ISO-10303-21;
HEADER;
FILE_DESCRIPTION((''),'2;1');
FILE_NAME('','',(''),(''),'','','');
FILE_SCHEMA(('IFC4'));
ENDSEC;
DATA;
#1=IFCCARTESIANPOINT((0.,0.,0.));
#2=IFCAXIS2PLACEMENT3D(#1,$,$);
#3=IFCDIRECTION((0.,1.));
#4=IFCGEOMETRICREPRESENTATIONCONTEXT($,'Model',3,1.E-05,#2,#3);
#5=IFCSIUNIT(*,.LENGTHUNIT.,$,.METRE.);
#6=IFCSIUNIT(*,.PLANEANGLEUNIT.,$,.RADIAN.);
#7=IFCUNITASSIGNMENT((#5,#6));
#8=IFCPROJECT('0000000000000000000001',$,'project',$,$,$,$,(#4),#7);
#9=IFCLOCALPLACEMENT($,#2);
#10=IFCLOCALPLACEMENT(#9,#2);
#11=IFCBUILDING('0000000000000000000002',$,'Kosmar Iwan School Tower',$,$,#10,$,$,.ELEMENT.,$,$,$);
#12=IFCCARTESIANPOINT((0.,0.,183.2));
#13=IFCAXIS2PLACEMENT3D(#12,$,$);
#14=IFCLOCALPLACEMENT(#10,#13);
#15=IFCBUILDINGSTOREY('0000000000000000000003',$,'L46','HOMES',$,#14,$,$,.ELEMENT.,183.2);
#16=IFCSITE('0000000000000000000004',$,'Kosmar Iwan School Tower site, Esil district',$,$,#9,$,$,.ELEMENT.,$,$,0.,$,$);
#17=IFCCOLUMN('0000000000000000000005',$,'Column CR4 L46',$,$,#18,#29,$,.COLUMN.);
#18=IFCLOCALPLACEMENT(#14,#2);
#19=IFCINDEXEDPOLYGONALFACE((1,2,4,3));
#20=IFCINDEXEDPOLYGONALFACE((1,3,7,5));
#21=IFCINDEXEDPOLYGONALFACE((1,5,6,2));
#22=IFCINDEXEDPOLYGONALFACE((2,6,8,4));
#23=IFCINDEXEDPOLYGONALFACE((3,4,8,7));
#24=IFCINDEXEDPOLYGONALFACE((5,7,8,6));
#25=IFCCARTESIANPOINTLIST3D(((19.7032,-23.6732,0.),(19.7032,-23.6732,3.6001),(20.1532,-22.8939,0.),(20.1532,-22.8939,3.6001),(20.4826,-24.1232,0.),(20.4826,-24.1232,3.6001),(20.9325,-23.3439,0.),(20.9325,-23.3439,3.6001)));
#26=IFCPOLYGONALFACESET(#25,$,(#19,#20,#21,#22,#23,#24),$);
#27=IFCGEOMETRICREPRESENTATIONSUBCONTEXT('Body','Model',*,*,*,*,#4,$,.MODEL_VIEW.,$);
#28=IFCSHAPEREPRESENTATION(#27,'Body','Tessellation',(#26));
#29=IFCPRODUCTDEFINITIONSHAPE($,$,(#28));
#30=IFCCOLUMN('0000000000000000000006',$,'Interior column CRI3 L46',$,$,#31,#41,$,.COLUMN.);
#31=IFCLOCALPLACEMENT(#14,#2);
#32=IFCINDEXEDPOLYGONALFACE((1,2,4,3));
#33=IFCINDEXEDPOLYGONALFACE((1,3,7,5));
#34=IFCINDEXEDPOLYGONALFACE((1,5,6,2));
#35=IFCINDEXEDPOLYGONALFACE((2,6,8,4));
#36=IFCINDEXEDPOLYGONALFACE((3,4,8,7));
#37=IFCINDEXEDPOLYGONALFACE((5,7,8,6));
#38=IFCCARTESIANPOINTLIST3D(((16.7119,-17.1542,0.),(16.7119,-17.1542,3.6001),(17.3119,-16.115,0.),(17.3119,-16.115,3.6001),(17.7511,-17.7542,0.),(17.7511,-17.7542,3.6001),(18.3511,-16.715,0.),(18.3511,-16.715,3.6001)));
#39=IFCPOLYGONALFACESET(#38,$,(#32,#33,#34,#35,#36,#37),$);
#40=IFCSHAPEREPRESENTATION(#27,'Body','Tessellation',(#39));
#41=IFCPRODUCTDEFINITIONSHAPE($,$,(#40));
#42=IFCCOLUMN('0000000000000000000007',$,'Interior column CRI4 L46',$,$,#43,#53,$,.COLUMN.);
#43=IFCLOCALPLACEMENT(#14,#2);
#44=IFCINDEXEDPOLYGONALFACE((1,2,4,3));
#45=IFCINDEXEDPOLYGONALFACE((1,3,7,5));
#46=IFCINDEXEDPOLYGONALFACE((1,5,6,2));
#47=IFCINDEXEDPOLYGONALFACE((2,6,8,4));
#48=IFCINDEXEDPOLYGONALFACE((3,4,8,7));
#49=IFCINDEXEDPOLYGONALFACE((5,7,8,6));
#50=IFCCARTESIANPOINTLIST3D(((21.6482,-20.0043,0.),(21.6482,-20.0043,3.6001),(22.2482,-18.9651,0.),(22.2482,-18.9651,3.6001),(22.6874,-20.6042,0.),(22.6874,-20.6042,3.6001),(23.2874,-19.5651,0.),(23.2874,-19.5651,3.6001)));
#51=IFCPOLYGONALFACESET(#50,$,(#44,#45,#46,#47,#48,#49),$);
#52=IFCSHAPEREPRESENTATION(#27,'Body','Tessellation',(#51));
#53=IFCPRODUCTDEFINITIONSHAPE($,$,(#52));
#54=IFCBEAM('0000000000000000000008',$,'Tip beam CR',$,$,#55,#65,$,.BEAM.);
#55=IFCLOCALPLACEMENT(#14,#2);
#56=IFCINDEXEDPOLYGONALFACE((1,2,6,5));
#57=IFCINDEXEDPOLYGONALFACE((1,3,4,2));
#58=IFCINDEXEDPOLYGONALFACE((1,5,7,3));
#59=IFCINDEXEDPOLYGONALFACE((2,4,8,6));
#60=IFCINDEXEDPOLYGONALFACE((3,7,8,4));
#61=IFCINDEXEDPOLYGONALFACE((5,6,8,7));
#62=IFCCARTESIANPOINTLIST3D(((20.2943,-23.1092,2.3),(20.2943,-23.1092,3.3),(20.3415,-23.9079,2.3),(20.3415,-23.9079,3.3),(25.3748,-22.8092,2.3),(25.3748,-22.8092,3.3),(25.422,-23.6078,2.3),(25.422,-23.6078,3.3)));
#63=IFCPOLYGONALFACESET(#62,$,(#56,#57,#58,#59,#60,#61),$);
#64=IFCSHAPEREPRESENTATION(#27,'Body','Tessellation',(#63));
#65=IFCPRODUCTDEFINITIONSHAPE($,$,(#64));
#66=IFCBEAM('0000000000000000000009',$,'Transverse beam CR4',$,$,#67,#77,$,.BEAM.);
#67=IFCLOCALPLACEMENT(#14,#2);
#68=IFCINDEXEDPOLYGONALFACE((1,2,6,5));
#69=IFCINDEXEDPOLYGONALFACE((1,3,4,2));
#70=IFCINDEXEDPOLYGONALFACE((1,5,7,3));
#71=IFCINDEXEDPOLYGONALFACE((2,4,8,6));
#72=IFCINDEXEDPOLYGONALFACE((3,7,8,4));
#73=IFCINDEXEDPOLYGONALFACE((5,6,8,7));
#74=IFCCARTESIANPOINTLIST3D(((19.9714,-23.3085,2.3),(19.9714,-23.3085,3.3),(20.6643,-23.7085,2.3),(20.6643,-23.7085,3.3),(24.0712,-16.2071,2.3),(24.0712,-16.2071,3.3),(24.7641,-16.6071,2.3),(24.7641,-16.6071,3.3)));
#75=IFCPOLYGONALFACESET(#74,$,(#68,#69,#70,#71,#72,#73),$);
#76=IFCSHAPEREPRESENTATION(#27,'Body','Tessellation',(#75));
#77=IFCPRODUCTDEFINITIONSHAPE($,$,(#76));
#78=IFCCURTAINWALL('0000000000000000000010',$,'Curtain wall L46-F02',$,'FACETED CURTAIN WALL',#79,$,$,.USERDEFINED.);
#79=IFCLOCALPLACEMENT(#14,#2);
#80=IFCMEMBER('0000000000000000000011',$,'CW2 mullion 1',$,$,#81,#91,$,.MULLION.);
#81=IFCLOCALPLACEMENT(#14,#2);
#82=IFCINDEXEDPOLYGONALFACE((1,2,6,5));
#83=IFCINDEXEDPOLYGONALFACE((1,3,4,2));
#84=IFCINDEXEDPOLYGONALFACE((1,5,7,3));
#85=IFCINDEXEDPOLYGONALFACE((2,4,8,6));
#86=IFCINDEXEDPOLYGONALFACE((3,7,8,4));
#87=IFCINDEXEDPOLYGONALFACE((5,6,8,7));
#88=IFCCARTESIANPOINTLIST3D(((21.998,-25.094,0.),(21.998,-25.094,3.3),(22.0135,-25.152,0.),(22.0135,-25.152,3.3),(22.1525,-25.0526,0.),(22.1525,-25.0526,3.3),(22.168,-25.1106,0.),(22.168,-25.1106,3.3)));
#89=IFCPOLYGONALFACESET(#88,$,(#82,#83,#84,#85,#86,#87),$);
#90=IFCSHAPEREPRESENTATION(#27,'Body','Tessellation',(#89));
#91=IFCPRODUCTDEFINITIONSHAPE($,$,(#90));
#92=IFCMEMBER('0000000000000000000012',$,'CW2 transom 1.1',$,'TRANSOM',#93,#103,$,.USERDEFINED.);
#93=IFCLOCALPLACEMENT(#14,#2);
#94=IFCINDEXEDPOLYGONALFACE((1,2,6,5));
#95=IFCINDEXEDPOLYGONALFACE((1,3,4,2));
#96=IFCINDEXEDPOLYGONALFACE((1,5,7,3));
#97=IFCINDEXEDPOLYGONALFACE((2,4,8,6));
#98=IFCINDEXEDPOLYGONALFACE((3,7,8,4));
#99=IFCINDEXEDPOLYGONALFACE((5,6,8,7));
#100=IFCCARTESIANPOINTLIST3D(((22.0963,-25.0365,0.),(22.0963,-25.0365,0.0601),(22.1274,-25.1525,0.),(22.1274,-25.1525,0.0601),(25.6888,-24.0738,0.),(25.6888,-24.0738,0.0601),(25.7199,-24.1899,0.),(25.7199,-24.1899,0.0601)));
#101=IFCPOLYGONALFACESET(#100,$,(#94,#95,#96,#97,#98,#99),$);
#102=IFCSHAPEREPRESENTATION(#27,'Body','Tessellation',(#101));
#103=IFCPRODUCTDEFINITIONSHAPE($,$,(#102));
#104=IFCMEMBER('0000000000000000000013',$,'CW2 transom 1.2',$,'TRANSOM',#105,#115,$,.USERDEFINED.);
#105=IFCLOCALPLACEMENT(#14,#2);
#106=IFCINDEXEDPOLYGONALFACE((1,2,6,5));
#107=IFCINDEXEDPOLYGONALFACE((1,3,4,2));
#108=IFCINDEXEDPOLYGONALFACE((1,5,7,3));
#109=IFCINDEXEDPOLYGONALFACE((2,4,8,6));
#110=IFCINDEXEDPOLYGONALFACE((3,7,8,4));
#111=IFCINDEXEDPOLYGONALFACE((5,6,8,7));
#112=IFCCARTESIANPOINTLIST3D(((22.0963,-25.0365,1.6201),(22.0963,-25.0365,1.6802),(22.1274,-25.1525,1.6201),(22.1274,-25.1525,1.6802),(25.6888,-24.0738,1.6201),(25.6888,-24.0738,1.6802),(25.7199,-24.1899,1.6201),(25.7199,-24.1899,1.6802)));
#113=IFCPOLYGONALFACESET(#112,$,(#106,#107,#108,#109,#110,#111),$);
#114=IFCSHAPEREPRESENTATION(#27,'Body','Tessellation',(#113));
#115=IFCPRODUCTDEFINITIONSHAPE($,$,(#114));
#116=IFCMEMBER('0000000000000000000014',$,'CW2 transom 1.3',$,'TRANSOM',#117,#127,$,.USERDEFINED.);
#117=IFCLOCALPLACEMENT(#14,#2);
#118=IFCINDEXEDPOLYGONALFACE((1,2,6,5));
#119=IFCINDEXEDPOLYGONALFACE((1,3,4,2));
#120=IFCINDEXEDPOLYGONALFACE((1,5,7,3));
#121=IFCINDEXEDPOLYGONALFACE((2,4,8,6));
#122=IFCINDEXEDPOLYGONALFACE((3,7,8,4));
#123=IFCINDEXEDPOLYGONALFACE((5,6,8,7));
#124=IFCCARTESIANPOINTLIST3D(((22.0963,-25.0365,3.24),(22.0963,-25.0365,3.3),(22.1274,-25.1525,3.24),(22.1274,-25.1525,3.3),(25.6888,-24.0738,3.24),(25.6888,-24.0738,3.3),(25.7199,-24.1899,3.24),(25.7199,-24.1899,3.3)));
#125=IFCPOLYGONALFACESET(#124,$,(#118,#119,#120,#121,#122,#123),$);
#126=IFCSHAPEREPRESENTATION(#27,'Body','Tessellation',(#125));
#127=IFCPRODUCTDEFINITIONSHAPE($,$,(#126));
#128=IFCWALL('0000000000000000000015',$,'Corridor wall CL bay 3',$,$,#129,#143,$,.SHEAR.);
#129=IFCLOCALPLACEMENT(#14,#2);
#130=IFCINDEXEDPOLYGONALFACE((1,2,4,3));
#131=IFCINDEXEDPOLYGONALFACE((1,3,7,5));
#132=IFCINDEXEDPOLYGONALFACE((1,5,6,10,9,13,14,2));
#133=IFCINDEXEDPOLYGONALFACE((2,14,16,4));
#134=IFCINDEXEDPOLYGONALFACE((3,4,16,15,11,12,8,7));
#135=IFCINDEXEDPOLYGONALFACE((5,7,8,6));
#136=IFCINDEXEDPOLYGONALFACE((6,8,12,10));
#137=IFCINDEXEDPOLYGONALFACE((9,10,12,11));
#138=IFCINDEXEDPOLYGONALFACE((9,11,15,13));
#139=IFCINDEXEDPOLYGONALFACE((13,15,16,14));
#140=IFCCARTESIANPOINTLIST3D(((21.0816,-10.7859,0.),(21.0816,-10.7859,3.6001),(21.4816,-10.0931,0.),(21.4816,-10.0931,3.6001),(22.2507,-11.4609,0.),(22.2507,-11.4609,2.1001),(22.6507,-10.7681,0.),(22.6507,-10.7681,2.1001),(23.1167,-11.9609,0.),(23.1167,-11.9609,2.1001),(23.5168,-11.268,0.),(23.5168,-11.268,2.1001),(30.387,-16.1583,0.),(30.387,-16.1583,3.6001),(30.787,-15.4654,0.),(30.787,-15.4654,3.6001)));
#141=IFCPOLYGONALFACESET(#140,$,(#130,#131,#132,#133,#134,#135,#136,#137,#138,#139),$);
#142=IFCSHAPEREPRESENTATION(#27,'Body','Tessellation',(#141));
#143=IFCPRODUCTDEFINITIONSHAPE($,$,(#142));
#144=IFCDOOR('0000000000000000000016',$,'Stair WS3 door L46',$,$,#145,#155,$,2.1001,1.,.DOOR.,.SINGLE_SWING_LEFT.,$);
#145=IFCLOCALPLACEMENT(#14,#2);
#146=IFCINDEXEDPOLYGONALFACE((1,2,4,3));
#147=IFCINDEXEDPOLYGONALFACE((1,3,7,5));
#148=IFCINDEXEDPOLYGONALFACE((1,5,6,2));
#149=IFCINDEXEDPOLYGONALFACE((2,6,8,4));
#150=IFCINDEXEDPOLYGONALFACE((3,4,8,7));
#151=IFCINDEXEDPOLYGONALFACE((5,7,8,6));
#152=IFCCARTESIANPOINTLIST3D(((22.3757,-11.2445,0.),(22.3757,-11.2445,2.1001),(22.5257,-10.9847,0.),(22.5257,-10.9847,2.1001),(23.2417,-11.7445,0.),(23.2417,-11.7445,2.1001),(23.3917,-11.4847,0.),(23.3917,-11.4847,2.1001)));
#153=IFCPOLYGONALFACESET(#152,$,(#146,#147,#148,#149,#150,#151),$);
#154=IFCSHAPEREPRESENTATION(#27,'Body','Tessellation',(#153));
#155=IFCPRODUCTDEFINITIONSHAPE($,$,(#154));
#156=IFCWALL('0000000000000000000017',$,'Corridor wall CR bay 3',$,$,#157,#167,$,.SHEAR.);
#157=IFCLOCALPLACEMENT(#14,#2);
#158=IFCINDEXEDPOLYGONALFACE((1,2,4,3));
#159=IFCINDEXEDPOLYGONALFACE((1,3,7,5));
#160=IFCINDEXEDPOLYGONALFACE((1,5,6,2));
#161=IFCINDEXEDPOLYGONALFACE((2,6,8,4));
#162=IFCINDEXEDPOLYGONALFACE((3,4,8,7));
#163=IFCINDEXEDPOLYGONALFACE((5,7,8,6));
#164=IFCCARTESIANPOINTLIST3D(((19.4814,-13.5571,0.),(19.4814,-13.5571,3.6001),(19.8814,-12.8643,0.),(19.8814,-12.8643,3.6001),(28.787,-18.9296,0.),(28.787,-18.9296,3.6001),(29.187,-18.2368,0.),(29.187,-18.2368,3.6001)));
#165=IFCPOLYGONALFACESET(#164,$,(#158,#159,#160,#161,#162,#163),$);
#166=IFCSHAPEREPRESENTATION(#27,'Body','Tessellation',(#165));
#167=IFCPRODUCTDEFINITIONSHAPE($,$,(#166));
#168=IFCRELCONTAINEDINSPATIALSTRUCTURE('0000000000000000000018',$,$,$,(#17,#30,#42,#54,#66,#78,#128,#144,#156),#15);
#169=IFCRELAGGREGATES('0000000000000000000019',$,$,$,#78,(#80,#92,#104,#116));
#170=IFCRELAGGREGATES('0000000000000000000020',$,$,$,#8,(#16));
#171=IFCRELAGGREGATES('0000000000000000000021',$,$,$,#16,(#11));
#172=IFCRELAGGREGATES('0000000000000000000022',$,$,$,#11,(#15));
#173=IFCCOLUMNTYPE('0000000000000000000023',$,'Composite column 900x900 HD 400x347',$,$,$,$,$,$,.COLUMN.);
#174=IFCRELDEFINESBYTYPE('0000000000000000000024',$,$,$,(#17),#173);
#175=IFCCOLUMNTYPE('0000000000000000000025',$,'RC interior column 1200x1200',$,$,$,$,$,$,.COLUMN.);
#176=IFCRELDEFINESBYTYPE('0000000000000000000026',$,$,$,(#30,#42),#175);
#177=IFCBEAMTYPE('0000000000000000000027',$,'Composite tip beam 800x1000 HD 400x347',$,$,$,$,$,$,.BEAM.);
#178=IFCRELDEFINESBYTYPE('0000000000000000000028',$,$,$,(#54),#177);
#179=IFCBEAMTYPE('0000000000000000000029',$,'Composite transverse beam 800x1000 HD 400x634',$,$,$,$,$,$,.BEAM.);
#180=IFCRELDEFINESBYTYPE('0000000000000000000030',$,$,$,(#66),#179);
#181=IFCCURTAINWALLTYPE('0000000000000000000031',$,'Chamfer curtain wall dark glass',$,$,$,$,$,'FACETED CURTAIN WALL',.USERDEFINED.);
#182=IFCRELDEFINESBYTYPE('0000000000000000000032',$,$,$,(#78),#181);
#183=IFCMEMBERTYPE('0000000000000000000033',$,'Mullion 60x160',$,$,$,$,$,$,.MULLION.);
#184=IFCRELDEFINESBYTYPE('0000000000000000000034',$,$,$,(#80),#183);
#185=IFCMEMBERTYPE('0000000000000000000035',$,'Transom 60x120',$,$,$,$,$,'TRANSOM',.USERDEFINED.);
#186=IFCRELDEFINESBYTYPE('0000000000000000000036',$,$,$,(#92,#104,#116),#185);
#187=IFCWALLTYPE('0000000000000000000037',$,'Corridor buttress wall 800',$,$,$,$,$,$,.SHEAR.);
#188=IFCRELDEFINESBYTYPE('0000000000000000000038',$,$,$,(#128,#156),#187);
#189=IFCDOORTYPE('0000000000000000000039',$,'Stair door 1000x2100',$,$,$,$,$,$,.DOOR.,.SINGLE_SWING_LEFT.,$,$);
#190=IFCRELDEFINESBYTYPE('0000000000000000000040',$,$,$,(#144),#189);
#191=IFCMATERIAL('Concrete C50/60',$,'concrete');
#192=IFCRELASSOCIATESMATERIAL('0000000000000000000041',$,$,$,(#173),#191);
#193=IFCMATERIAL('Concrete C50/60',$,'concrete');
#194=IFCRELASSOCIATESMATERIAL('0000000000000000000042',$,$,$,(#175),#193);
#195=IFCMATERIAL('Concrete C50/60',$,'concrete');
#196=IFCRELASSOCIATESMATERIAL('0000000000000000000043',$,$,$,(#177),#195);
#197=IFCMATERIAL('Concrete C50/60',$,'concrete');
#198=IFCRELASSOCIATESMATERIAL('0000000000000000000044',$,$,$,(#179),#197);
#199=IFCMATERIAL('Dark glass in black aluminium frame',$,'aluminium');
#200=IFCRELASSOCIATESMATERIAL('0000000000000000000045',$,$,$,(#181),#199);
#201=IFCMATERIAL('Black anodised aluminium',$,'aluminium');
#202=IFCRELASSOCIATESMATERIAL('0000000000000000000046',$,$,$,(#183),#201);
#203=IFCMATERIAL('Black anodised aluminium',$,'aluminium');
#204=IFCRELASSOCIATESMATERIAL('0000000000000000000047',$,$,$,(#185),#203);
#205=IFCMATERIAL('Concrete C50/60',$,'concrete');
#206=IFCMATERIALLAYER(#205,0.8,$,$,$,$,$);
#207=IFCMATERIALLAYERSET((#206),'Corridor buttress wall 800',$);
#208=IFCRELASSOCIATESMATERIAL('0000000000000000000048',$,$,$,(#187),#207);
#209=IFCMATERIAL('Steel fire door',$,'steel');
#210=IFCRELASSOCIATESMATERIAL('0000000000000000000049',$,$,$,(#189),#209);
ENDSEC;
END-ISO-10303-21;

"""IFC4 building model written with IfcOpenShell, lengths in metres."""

from ifc_helpers import new_model, si_unit, direction, frame, frame_2d, origin, origin_2d, place, context, subcontext, project, spatial, rectangle, extrude, material, layer, layer_set, material_profile, profile_set, type_object, element, fill, aggregate, save


model = new_model("IFC4")

# Units and contexts
model_context = context("Model", 3, precision=1e-05, world=origin(), true_north=direction((0.0, 1.0)))
body_context = subcontext(model_context, "Body", "Model", "MODEL_VIEW")
ifc_project = project(units=[si_unit("LENGTHUNIT", "METRE"), si_unit("PLANEANGLEUNIT", "RADIAN")], contexts=[model_context])

# Site, building, storey
site_placement = place(None, origin())
site = spatial("IfcSite", under=ifc_project, at=site_placement, Name="Kosmar Iwan School Tower site, Esil district", CompositionType="ELEMENT", RefElevation=0.0)
building_placement = place(site_placement, origin())
building = spatial("IfcBuilding", under=site, at=building_placement, Name="Kosmar Iwan School Tower", CompositionType="ELEMENT")
storey_placement = place(building_placement, frame((0.0, 0.0, 183.2)))
storey = spatial("IfcBuildingStorey", under=building, at=storey_placement, Name="L46", Description="HOMES", CompositionType="ELEMENT", Elevation=183.2)

# Columns
ifc_material_1 = material(Name="Concrete C50/60", Category="concrete")
ifc_material_profile_1 = material_profile(ifc_material_1, rectangle(XDim=0.8999, YDim=0.8999, at=origin_2d()), Name="RC 900x900 + HD 400x347")
ifc_profile_set_1 = profile_set([ifc_material_profile_1], Name="Concrete C50/60")
column_type_1 = type_object("IfcColumnType", Name="Composite column 900x900 HD 400x347", PredefinedType="COLUMN", material=ifc_profile_set_1)
column_placement = place(storey_placement, frame((20.3179, -23.5085, 0.0), z_axis=(0.0, 0.0, 1.0), x_axis=(0.866025, -0.5, 0.0)))
element("IfcColumn", 1, at=column_placement, inside=storey, type_object=column_type_1, Name="Column CR4 L46", PredefinedType="COLUMN", context=body_context, shape_type="SweptSolid", body=[
    extrude(rectangle(XDim=0.8999, YDim=0.8999, at=origin_2d()), origin(), (0.0, 0.0, 1.0), 3.6001),
])
ifc_material_2 = material(Name="Concrete C50/60", Category="concrete")
ifc_material_profile_2 = material_profile(ifc_material_2, rectangle(XDim=1.2, YDim=1.2, at=origin_2d()), Name="RC 1200x1200")
ifc_profile_set_2 = profile_set([ifc_material_profile_2], Name="Concrete C50/60")
column_type_2 = type_object("IfcColumnType", Name="RC interior column 1200x1200", PredefinedType="COLUMN", material=ifc_profile_set_2)
for number, where, z_axis, x_axis, name in (
    (2, (17.5315, -16.9346, 0.0), (0.0, 0.0, 1.0), (0.866025, -0.5, 0.0), "Interior column CRI3 L46"),
    (3, (22.4678, -19.7847, 0.0), (0.0, 0.0, 1.0), (0.866025, -0.5, 0.0), "Interior column CRI4 L46"),
):
    element("IfcColumn", number, at=place(storey_placement, frame(where, z_axis=z_axis, x_axis=x_axis)), inside=storey, type_object=column_type_2, Name=name, PredefinedType="COLUMN", context=body_context, shape_type="SweptSolid", body=[
        extrude(rectangle(XDim=1.2, YDim=1.2, at=origin_2d()), origin(), (0.0, 0.0, 1.0), 3.6001),
    ])

# Beams
ifc_material_3 = material(Name="Concrete C50/60", Category="concrete")
ifc_material_profile_3 = material_profile(ifc_material_3, rectangle(XDim=0.8, YDim=1.0, at=origin_2d()), Name="RC 800x1000 + HD 400x347")
ifc_profile_set_3 = profile_set([ifc_material_profile_3], Name="Concrete C50/60")
beam_type_1 = type_object("IfcBeamType", Name="Composite tip beam 800x1000 HD 400x347", PredefinedType="BEAM", material=ifc_profile_set_3)
beam_1_placement = place(storey_placement, frame((20.3179, -23.5085, 2.8), z_axis=(0.998261, 0.058955, 0.0), x_axis=(-0.058955, 0.998261, 0.0)))
element("IfcBeam", 4, at=beam_1_placement, inside=storey, type_object=beam_type_1, Name="Tip beam CR", PredefinedType="BEAM", context=body_context, shape_type="SweptSolid", body=[
    extrude(rectangle(XDim=0.8, YDim=1.0, at=origin_2d()), origin(), (0.0, 0.0, 1.0), 5.0894),
])
ifc_material_4 = material(Name="Concrete C50/60", Category="concrete")
ifc_material_profile_4 = material_profile(ifc_material_4, rectangle(XDim=0.8, YDim=1.0, at=origin_2d()), Name="RC 800x1000 + HD 400x634")
ifc_profile_set_4 = profile_set([ifc_material_profile_4], Name="Concrete C50/60")
beam_type_2 = type_object("IfcBeamType", Name="Composite transverse beam 800x1000 HD 400x634", PredefinedType="BEAM", material=ifc_profile_set_4)
beam_2_placement = place(storey_placement, frame((20.3179, -23.5085, 2.8), z_axis=(0.499978, 0.866038, 0.0), x_axis=(-0.866038, 0.499978, 0.0)))
element("IfcBeam", 5, at=beam_2_placement, inside=storey, type_object=beam_type_2, Name="Transverse beam CR4", PredefinedType="BEAM", context=body_context, shape_type="SweptSolid", body=[
    extrude(rectangle(XDim=0.8, YDim=1.0, at=origin_2d()), origin(), (0.0, 0.0, 1.0), 8.2),
])

# Curtain wall, members
ifc_material_5 = material(Name="Dark glass in black aluminium frame", Category="aluminium")
curtain_wall_type = type_object("IfcCurtainWallType", Name="Chamfer curtain wall dark glass", ElementType="FACETED CURTAIN WALL", PredefinedType="USERDEFINED", material=ifc_material_5)
curtain_wall_placement = place(storey_placement, origin())
curtain_wall = element("IfcCurtainWall", 6, at=curtain_wall_placement, inside=storey, type_object=curtain_wall_type, Name="Curtain wall L46-F02", ObjectType="FACETED CURTAIN WALL", PredefinedType="USERDEFINED")
ifc_material_6 = material(Name="Black anodised aluminium", Category="aluminium")
ifc_material_profile_5 = material_profile(ifc_material_6, rectangle(XDim=0.0601, YDim=0.1599, at=origin_2d()), Name="MULLION 60x160")
ifc_profile_set_5 = profile_set([ifc_material_profile_5], Name="Black anodised aluminium")
member_type_1 = type_object("IfcMemberType", Name="Mullion 60x160", PredefinedType="MULLION", material=ifc_profile_set_5)
member_1_placement = place(storey_placement, frame((22.083, -25.1023, 0.0), z_axis=(0.0, 0.0, 1.0), x_axis=(-0.258819, 0.965926, 0.0)))
member_1 = element("IfcMember", 7, at=member_1_placement, type_object=member_type_1, Name="CW2 mullion 1", PredefinedType="MULLION", context=body_context, shape_type="SweptSolid", body=[
    extrude(rectangle(XDim=0.0601, YDim=0.1599, at=origin_2d()), origin(), (0.0, 0.0, 1.0), 3.3),
])
ifc_material_7 = material(Name="Black anodised aluminium", Category="aluminium")
ifc_material_profile_6 = material_profile(ifc_material_7, rectangle(XDim=0.1201, YDim=0.0601, at=origin_2d()), Name="TRANSOM 60x120")
ifc_profile_set_6 = profile_set([ifc_material_profile_6], Name="Black anodised aluminium")
member_type_2 = type_object("IfcMemberType", Name="Transom 60x120", ElementType="TRANSOM", PredefinedType="USERDEFINED", material=ifc_profile_set_6)
member_2_placement = place(storey_placement, frame((22.1118, -25.0945, 0.03), z_axis=(0.965924, 0.258827, 0.0), x_axis=(-0.258827, 0.965924, 0.0)))
member_2 = element("IfcMember", 8, at=member_2_placement, type_object=member_type_2, Name="CW2 transom 1.1", ObjectType="TRANSOM", PredefinedType="USERDEFINED", context=body_context, shape_type="SweptSolid", body=[
    extrude(rectangle(XDim=0.1201, YDim=0.0601, at=origin_2d()), origin(), (0.0, 0.0, 1.0), 3.7192),
])
member_3_placement = place(storey_placement, frame((22.1118, -25.0945, 1.6501), z_axis=(0.965924, 0.258827, 0.0), x_axis=(-0.258827, 0.965924, 0.0)))
member_3 = element("IfcMember", 9, at=member_3_placement, type_object=member_type_2, Name="CW2 transom 1.2", ObjectType="TRANSOM", PredefinedType="USERDEFINED", context=body_context, shape_type="SweptSolid", body=[
    extrude(rectangle(XDim=0.1201, YDim=0.0601, at=origin_2d()), origin(), (0.0, 0.0, 1.0), 3.7192),
])
member_4_placement = place(storey_placement, frame((22.1118, -25.0945, 3.27), z_axis=(0.965924, 0.258827, 0.0), x_axis=(-0.258827, 0.965924, 0.0)))
member_4 = element("IfcMember", 10, at=member_4_placement, type_object=member_type_2, Name="CW2 transom 1.3", ObjectType="TRANSOM", PredefinedType="USERDEFINED", context=body_context, shape_type="SweptSolid", body=[
    extrude(rectangle(XDim=0.1201, YDim=0.0601, at=origin_2d()), origin(), (0.0, 0.0, 1.0), 3.7192),
])
aggregate(curtain_wall, [member_1, member_2, member_3, member_4])

# Wall, opening, door
ifc_material_8 = material(Name="Concrete C50/60", Category="concrete")
ifc_layer_1 = layer(ifc_material_8, 0.8)
ifc_layer_set_1 = layer_set([ifc_layer_1], Name="Corridor buttress wall 800")
wall_type_1 = type_object("IfcWallType", Name="Corridor buttress wall 800", PredefinedType="SHEAR", material=ifc_layer_set_1)
wall_1_placement = place(storey_placement, frame((21.2815, -10.4395, 0.0), z_axis=(0.0, 0.0, 1.0), x_axis=(0.866032, -0.499988, 0.0)))
wall_1 = element("IfcWall", 11, at=wall_1_placement, inside=storey, type_object=wall_type_1, Name="Corridor wall CL bay 3", PredefinedType="SHEAR", context=body_context, shape_type="SweptSolid", body=[
    extrude(rectangle(XDim=10.7449, YDim=0.8, at=frame_2d((5.3726, 0.0))), origin(), (0.0, 0.0, 1.0), 3.6001),
])
opening_1_placement = place(wall_1_placement, frame((1.3501, 0.0, 0.0)))
opening_1 = element("IfcOpeningElement", 12, at=opening_1_placement, cuts=wall_1, PredefinedType="OPENING", context=body_context, shape_type="SweptSolid", body=[
    extrude(rectangle(XDim=1.0, YDim=2.1001, at=frame_2d((0.5, 1.05))), frame((0.0, 0.4121, 0.0), z_axis=(0.0, -1.0, 0.0), x_axis=(1.0, 0.0, 0.0)), (0.0, 0.0, 1.0), 0.824),
])
ifc_material_9 = material(Name="Steel fire door", Category="steel")
door_type_1 = type_object("IfcDoorType", Name="Stair door 1000x2100", OperationType="SINGLE_SWING_LEFT", PredefinedType="DOOR", material=ifc_material_9)
door_1_placement = place(opening_1_placement, origin())
door_1 = element("IfcDoor", 13, at=door_1_placement, inside=storey, type_object=door_type_1, Name="Stair WS3 door L46", OperationType="SINGLE_SWING_LEFT", OverallHeight=2.1001, OverallWidth=1.0, PredefinedType="DOOR", context=body_context, shape_type="SweptSolid", body=[
    extrude(rectangle(XDim=1.0, YDim=2.1001, at=frame_2d((0.5, 1.05))), frame((0.0, 0.1499, 0.0), z_axis=(0.0, -1.0, 0.0), x_axis=(1.0, 0.0, 0.0)), (0.0, 0.0, 1.0), 0.3),
])
fill(opening_1, door_1)

# Wall
wall_2_placement = place(storey_placement, frame((19.6814, -13.2107, 0.0), z_axis=(0.0, 0.0, 1.0), x_axis=(0.866028, -0.499995, 0.0)))
element("IfcWall", 14, at=wall_2_placement, inside=storey, type_object=wall_type_1, Name="Corridor wall CR bay 3", PredefinedType="SHEAR", context=body_context, shape_type="SweptSolid", body=[
    extrude(rectangle(XDim=10.7451, YDim=0.8, at=frame_2d((5.3726, 0.0))), origin(), (0.0, 0.0, 1.0), 3.6001),
])

save(model, "model.ifc")
